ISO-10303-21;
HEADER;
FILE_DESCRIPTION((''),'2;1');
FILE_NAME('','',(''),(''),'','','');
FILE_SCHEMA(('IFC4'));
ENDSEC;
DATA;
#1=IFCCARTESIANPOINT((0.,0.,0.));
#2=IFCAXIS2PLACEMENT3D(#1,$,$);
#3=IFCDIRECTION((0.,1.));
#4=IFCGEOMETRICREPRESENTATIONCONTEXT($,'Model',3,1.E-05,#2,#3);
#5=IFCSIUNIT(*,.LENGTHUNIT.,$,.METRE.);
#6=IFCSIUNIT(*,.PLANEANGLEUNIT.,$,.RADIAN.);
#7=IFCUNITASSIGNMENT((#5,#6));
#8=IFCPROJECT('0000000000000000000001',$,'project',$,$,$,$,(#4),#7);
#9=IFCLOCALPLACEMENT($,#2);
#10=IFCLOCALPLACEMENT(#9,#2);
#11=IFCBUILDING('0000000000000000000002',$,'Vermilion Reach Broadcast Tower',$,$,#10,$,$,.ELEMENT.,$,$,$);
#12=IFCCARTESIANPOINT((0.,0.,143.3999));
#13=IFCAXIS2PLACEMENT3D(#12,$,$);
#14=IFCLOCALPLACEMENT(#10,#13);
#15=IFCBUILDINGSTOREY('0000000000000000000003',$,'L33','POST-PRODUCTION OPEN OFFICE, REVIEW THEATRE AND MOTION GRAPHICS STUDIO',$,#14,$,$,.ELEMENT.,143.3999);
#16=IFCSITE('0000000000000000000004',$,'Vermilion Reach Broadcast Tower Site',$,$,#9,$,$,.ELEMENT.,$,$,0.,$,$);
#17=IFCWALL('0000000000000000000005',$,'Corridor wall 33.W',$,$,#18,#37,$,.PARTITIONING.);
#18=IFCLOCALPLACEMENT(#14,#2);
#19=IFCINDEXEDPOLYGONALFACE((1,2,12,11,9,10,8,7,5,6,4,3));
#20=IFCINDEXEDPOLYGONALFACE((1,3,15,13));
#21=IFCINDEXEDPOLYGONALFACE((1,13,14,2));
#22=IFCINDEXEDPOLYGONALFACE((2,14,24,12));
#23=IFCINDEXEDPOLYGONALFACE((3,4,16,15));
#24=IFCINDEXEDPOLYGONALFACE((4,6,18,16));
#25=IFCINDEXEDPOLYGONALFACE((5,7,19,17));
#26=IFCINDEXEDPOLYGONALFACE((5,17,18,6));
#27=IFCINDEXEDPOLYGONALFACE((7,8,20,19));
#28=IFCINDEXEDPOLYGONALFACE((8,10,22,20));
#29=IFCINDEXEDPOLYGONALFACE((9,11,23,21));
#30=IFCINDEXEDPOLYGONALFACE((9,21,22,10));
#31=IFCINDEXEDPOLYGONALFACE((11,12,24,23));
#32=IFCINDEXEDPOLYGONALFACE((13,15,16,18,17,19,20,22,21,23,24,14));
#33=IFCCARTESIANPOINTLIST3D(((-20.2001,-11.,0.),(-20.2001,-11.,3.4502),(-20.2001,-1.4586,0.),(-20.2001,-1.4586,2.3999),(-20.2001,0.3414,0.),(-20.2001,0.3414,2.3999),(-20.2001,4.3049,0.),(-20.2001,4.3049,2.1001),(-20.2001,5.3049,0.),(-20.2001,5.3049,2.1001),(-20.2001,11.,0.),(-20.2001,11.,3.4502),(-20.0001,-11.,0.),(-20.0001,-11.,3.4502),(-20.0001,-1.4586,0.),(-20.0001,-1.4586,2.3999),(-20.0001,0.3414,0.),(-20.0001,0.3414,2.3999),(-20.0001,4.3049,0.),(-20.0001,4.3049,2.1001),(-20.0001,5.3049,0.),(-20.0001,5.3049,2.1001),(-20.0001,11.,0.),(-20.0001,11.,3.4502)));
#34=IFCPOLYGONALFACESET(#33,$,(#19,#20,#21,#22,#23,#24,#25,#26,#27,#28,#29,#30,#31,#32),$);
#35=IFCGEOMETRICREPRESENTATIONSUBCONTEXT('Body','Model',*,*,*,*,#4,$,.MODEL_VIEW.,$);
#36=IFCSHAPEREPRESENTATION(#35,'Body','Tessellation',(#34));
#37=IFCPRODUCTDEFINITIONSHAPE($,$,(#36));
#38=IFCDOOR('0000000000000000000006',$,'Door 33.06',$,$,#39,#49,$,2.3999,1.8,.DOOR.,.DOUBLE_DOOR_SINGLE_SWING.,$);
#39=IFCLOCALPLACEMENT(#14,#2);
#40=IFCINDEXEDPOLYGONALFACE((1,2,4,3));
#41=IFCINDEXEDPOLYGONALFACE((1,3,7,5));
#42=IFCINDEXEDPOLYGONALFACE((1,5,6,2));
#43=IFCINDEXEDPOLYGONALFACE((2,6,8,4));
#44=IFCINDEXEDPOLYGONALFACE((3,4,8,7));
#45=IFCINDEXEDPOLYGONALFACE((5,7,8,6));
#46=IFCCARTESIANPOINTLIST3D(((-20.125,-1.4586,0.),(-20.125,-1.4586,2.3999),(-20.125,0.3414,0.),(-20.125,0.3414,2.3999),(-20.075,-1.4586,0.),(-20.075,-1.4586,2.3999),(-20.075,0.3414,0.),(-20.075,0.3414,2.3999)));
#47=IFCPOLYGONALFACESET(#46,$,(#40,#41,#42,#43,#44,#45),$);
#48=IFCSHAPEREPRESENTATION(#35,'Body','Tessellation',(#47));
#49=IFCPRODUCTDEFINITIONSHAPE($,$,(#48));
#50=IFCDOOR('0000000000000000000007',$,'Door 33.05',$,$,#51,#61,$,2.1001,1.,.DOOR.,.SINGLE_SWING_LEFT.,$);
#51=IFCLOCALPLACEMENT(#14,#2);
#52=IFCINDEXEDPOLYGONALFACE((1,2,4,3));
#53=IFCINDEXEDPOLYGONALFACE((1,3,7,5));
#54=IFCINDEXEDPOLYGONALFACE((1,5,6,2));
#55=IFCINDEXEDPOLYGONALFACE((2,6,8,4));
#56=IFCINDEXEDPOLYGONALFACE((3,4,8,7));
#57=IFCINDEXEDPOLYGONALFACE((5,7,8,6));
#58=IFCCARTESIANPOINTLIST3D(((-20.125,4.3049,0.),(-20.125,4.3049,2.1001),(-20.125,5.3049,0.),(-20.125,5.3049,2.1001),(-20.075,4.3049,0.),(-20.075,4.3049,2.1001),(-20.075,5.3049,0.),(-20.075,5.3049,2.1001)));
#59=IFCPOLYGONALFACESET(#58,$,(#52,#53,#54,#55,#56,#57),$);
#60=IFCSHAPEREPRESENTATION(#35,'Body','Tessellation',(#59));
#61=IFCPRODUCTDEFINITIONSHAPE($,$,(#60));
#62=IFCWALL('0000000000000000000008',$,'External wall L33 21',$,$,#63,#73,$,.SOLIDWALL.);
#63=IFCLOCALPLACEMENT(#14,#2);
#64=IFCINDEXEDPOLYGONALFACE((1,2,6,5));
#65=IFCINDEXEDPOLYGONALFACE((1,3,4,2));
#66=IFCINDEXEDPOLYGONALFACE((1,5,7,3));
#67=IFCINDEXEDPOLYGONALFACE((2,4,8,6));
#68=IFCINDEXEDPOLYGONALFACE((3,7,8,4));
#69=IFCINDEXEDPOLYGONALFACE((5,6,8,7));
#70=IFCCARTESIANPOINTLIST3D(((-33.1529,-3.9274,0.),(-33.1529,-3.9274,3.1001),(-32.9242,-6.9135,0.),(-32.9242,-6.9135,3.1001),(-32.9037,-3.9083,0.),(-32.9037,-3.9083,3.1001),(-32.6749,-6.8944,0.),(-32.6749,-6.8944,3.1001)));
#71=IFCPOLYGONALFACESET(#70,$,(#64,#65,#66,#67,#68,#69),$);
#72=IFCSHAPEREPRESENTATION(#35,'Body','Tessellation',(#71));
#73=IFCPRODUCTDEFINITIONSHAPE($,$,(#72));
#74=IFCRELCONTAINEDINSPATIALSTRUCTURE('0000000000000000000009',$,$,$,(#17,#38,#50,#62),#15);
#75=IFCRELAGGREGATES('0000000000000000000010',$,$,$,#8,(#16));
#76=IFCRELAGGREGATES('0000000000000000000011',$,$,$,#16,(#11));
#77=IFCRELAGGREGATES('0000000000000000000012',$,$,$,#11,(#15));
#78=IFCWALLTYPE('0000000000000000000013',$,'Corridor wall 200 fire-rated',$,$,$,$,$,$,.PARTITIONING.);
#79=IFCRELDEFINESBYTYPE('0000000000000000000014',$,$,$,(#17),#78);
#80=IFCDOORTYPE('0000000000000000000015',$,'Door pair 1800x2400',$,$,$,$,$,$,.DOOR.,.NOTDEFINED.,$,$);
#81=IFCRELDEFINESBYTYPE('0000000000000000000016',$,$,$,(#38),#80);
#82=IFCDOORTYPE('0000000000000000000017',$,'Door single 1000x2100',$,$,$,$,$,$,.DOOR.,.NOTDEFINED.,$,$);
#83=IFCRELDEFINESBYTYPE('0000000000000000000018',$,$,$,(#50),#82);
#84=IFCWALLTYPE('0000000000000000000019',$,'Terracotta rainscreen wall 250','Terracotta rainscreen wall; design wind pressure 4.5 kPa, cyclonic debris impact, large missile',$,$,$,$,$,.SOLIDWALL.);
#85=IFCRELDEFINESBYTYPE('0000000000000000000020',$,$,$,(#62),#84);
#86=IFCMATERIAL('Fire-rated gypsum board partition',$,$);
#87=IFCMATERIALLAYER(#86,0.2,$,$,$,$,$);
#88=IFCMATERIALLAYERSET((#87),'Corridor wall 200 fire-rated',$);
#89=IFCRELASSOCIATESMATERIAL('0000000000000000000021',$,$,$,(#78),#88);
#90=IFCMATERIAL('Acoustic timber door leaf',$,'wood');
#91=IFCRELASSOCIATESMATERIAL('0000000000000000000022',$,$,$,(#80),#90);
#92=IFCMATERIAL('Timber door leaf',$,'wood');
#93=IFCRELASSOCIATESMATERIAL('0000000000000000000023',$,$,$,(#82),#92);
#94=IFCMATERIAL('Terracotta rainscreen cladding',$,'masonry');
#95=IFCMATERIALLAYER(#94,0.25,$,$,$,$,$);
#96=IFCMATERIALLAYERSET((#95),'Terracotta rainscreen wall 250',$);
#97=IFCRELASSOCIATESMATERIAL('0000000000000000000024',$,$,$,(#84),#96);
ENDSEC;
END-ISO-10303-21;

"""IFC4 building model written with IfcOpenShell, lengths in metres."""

from ifc_helpers import new_model, si_unit, direction, frame, frame_2d, origin, place, context, subcontext, project, spatial, rectangle, extrude, material, layer, layer_set, type_object, element, fill, save


model = new_model("IFC4")

# Units and contexts
model_context = context("Model", 3, precision=1e-05, world=origin(), true_north=direction((0.0, 1.0)))
body_context = subcontext(model_context, "Body", "Model", "MODEL_VIEW")
ifc_project = project(units=[si_unit("LENGTHUNIT", "METRE"), si_unit("PLANEANGLEUNIT", "RADIAN")], contexts=[model_context])

# Site, building, storey
site_placement = place(None, origin())
site = spatial("IfcSite", under=ifc_project, at=site_placement, Name="Vermilion Reach Broadcast Tower Site", CompositionType="ELEMENT", RefElevation=0.0)
building_placement = place(site_placement, origin())
building = spatial("IfcBuilding", under=site, at=building_placement, Name="Vermilion Reach Broadcast Tower", CompositionType="ELEMENT")
storey_placement = place(building_placement, frame((0.0, 0.0, 143.3999)))
storey = spatial("IfcBuildingStorey", under=building, at=storey_placement, Name="L33", Description="POST-PRODUCTION OPEN OFFICE, REVIEW THEATRE AND MOTION GRAPHICS STUDIO", CompositionType="ELEMENT", Elevation=143.3999)

# Wall, openings, doors
ifc_material_1 = material(Name="Fire-rated gypsum board partition")
ifc_layer_1 = layer(ifc_material_1, 0.2)
ifc_layer_set_1 = layer_set([ifc_layer_1], Name="Corridor wall 200 fire-rated")
wall_type_1 = type_object("IfcWallType", Name="Corridor wall 200 fire-rated", PredefinedType="PARTITIONING", material=ifc_layer_set_1)
wall_1_placement = place(storey_placement, frame((-20.1001, -11.0, 0.0), z_axis=(0.0, 0.0, 1.0), x_axis=(0.0, 1.0, 0.0)))
wall_1 = element("IfcWall", 1, at=wall_1_placement, inside=storey, type_object=wall_type_1, Name="Corridor wall 33.W", PredefinedType="PARTITIONING", context=body_context, shape_type="SweptSolid", body=[
    extrude(rectangle(XDim=22.0, YDim=0.2, at=frame_2d((11.0, 0.0))), origin(), (0.0, 0.0, 1.0), 3.4502),
])
opening_1_placement = place(wall_1_placement, frame((15.3049, 0.0, 0.0)))
opening_1 = element("IfcOpeningElement", 2, at=opening_1_placement, cuts=wall_1, PredefinedType="OPENING", context=body_context, shape_type="SweptSolid", body=[
    extrude(rectangle(XDim=1.0, YDim=2.1001, at=frame_2d((0.5, 1.05))), frame((0.0, 0.1099, 0.0), z_axis=(0.0, -1.0, 0.0), x_axis=(1.0, 0.0, 0.0)), (0.0, 0.0, 1.0), 0.22),
])
opening_2_placement = place(wall_1_placement, frame((9.5415, 0.0, 0.0)))
opening_2 = element("IfcOpeningElement", 3, at=opening_2_placement, cuts=wall_1, PredefinedType="OPENING", context=body_context, shape_type="SweptSolid", body=[
    extrude(rectangle(XDim=1.8, YDim=2.3999, at=frame_2d((0.8999, 1.2))), frame((0.0, 0.1099, 0.0), z_axis=(0.0, -1.0, 0.0), x_axis=(1.0, 0.0, 0.0)), (0.0, 0.0, 1.0), 0.22),
])
ifc_material_2 = material(Name="Acoustic timber door leaf", Category="wood")
door_type_1 = type_object("IfcDoorType", Name="Door pair 1800x2400", OperationType="NOTDEFINED", PredefinedType="DOOR", material=ifc_material_2)
door_1_placement = place(opening_2_placement, origin())
door_1 = element("IfcDoor", 4, at=door_1_placement, inside=storey, type_object=door_type_1, Name="Door 33.06", OperationType="DOUBLE_DOOR_SINGLE_SWING", OverallHeight=2.3999, OverallWidth=1.8, PredefinedType="DOOR", context=body_context, shape_type="SweptSolid", body=[
    extrude(rectangle(XDim=1.8, YDim=2.3999, at=frame_2d((0.8999, 1.2))), frame((0.0, 0.0249, 0.0), z_axis=(0.0, -1.0, 0.0), x_axis=(1.0, 0.0, 0.0)), (0.0, 0.0, 1.0), 0.05),
])
fill(opening_2, door_1)
ifc_material_3 = material(Name="Timber door leaf", Category="wood")
door_type_2 = type_object("IfcDoorType", Name="Door single 1000x2100", OperationType="NOTDEFINED", PredefinedType="DOOR", material=ifc_material_3)
door_2_placement = place(opening_1_placement, origin())
door_2 = element("IfcDoor", 5, at=door_2_placement, inside=storey, type_object=door_type_2, Name="Door 33.05", OperationType="SINGLE_SWING_LEFT", OverallHeight=2.1001, OverallWidth=1.0, PredefinedType="DOOR", context=body_context, shape_type="SweptSolid", body=[
    extrude(rectangle(XDim=1.0, YDim=2.1001, at=frame_2d((0.5, 1.05))), frame((0.0, 0.0249, 0.0), z_axis=(0.0, -1.0, 0.0), x_axis=(1.0, 0.0, 0.0)), (0.0, 0.0, 1.0), 0.05),
])
fill(opening_1, door_2)

# Shared definitions
ifc_material_4 = material(Name="Terracotta rainscreen cladding", Category="masonry")
ifc_layer_2 = layer(ifc_material_4, 0.25)
ifc_layer_set_2 = layer_set([ifc_layer_2], Name="Terracotta rainscreen wall 250")
wall_type_2 = type_object("IfcWallType", Name="Terracotta rainscreen wall 250", Description="Terracotta rainscreen wall; design wind pressure 4.5 kPa, cyclonic debris impact, large missile", PredefinedType="SOLIDWALL", material=ifc_layer_set_2)

# Wall
wall_2_placement = place(storey_placement, frame((-33.0283, -3.9177, 0.0), z_axis=(0.0, 0.0, 1.0), x_axis=(0.076385, -0.997078, 0.0)))
element("IfcWall", 6, at=wall_2_placement, inside=storey, type_object=wall_type_2, Name="External wall L33 21", PredefinedType="SOLIDWALL", context=body_context, shape_type="SweptSolid", body=[
    extrude(rectangle(XDim=2.9949, YDim=0.25, at=frame_2d((1.4976, 0.0))), origin(), (0.0, 0.0, 1.0), 3.1001),
])

save(model, "model.ifc")
